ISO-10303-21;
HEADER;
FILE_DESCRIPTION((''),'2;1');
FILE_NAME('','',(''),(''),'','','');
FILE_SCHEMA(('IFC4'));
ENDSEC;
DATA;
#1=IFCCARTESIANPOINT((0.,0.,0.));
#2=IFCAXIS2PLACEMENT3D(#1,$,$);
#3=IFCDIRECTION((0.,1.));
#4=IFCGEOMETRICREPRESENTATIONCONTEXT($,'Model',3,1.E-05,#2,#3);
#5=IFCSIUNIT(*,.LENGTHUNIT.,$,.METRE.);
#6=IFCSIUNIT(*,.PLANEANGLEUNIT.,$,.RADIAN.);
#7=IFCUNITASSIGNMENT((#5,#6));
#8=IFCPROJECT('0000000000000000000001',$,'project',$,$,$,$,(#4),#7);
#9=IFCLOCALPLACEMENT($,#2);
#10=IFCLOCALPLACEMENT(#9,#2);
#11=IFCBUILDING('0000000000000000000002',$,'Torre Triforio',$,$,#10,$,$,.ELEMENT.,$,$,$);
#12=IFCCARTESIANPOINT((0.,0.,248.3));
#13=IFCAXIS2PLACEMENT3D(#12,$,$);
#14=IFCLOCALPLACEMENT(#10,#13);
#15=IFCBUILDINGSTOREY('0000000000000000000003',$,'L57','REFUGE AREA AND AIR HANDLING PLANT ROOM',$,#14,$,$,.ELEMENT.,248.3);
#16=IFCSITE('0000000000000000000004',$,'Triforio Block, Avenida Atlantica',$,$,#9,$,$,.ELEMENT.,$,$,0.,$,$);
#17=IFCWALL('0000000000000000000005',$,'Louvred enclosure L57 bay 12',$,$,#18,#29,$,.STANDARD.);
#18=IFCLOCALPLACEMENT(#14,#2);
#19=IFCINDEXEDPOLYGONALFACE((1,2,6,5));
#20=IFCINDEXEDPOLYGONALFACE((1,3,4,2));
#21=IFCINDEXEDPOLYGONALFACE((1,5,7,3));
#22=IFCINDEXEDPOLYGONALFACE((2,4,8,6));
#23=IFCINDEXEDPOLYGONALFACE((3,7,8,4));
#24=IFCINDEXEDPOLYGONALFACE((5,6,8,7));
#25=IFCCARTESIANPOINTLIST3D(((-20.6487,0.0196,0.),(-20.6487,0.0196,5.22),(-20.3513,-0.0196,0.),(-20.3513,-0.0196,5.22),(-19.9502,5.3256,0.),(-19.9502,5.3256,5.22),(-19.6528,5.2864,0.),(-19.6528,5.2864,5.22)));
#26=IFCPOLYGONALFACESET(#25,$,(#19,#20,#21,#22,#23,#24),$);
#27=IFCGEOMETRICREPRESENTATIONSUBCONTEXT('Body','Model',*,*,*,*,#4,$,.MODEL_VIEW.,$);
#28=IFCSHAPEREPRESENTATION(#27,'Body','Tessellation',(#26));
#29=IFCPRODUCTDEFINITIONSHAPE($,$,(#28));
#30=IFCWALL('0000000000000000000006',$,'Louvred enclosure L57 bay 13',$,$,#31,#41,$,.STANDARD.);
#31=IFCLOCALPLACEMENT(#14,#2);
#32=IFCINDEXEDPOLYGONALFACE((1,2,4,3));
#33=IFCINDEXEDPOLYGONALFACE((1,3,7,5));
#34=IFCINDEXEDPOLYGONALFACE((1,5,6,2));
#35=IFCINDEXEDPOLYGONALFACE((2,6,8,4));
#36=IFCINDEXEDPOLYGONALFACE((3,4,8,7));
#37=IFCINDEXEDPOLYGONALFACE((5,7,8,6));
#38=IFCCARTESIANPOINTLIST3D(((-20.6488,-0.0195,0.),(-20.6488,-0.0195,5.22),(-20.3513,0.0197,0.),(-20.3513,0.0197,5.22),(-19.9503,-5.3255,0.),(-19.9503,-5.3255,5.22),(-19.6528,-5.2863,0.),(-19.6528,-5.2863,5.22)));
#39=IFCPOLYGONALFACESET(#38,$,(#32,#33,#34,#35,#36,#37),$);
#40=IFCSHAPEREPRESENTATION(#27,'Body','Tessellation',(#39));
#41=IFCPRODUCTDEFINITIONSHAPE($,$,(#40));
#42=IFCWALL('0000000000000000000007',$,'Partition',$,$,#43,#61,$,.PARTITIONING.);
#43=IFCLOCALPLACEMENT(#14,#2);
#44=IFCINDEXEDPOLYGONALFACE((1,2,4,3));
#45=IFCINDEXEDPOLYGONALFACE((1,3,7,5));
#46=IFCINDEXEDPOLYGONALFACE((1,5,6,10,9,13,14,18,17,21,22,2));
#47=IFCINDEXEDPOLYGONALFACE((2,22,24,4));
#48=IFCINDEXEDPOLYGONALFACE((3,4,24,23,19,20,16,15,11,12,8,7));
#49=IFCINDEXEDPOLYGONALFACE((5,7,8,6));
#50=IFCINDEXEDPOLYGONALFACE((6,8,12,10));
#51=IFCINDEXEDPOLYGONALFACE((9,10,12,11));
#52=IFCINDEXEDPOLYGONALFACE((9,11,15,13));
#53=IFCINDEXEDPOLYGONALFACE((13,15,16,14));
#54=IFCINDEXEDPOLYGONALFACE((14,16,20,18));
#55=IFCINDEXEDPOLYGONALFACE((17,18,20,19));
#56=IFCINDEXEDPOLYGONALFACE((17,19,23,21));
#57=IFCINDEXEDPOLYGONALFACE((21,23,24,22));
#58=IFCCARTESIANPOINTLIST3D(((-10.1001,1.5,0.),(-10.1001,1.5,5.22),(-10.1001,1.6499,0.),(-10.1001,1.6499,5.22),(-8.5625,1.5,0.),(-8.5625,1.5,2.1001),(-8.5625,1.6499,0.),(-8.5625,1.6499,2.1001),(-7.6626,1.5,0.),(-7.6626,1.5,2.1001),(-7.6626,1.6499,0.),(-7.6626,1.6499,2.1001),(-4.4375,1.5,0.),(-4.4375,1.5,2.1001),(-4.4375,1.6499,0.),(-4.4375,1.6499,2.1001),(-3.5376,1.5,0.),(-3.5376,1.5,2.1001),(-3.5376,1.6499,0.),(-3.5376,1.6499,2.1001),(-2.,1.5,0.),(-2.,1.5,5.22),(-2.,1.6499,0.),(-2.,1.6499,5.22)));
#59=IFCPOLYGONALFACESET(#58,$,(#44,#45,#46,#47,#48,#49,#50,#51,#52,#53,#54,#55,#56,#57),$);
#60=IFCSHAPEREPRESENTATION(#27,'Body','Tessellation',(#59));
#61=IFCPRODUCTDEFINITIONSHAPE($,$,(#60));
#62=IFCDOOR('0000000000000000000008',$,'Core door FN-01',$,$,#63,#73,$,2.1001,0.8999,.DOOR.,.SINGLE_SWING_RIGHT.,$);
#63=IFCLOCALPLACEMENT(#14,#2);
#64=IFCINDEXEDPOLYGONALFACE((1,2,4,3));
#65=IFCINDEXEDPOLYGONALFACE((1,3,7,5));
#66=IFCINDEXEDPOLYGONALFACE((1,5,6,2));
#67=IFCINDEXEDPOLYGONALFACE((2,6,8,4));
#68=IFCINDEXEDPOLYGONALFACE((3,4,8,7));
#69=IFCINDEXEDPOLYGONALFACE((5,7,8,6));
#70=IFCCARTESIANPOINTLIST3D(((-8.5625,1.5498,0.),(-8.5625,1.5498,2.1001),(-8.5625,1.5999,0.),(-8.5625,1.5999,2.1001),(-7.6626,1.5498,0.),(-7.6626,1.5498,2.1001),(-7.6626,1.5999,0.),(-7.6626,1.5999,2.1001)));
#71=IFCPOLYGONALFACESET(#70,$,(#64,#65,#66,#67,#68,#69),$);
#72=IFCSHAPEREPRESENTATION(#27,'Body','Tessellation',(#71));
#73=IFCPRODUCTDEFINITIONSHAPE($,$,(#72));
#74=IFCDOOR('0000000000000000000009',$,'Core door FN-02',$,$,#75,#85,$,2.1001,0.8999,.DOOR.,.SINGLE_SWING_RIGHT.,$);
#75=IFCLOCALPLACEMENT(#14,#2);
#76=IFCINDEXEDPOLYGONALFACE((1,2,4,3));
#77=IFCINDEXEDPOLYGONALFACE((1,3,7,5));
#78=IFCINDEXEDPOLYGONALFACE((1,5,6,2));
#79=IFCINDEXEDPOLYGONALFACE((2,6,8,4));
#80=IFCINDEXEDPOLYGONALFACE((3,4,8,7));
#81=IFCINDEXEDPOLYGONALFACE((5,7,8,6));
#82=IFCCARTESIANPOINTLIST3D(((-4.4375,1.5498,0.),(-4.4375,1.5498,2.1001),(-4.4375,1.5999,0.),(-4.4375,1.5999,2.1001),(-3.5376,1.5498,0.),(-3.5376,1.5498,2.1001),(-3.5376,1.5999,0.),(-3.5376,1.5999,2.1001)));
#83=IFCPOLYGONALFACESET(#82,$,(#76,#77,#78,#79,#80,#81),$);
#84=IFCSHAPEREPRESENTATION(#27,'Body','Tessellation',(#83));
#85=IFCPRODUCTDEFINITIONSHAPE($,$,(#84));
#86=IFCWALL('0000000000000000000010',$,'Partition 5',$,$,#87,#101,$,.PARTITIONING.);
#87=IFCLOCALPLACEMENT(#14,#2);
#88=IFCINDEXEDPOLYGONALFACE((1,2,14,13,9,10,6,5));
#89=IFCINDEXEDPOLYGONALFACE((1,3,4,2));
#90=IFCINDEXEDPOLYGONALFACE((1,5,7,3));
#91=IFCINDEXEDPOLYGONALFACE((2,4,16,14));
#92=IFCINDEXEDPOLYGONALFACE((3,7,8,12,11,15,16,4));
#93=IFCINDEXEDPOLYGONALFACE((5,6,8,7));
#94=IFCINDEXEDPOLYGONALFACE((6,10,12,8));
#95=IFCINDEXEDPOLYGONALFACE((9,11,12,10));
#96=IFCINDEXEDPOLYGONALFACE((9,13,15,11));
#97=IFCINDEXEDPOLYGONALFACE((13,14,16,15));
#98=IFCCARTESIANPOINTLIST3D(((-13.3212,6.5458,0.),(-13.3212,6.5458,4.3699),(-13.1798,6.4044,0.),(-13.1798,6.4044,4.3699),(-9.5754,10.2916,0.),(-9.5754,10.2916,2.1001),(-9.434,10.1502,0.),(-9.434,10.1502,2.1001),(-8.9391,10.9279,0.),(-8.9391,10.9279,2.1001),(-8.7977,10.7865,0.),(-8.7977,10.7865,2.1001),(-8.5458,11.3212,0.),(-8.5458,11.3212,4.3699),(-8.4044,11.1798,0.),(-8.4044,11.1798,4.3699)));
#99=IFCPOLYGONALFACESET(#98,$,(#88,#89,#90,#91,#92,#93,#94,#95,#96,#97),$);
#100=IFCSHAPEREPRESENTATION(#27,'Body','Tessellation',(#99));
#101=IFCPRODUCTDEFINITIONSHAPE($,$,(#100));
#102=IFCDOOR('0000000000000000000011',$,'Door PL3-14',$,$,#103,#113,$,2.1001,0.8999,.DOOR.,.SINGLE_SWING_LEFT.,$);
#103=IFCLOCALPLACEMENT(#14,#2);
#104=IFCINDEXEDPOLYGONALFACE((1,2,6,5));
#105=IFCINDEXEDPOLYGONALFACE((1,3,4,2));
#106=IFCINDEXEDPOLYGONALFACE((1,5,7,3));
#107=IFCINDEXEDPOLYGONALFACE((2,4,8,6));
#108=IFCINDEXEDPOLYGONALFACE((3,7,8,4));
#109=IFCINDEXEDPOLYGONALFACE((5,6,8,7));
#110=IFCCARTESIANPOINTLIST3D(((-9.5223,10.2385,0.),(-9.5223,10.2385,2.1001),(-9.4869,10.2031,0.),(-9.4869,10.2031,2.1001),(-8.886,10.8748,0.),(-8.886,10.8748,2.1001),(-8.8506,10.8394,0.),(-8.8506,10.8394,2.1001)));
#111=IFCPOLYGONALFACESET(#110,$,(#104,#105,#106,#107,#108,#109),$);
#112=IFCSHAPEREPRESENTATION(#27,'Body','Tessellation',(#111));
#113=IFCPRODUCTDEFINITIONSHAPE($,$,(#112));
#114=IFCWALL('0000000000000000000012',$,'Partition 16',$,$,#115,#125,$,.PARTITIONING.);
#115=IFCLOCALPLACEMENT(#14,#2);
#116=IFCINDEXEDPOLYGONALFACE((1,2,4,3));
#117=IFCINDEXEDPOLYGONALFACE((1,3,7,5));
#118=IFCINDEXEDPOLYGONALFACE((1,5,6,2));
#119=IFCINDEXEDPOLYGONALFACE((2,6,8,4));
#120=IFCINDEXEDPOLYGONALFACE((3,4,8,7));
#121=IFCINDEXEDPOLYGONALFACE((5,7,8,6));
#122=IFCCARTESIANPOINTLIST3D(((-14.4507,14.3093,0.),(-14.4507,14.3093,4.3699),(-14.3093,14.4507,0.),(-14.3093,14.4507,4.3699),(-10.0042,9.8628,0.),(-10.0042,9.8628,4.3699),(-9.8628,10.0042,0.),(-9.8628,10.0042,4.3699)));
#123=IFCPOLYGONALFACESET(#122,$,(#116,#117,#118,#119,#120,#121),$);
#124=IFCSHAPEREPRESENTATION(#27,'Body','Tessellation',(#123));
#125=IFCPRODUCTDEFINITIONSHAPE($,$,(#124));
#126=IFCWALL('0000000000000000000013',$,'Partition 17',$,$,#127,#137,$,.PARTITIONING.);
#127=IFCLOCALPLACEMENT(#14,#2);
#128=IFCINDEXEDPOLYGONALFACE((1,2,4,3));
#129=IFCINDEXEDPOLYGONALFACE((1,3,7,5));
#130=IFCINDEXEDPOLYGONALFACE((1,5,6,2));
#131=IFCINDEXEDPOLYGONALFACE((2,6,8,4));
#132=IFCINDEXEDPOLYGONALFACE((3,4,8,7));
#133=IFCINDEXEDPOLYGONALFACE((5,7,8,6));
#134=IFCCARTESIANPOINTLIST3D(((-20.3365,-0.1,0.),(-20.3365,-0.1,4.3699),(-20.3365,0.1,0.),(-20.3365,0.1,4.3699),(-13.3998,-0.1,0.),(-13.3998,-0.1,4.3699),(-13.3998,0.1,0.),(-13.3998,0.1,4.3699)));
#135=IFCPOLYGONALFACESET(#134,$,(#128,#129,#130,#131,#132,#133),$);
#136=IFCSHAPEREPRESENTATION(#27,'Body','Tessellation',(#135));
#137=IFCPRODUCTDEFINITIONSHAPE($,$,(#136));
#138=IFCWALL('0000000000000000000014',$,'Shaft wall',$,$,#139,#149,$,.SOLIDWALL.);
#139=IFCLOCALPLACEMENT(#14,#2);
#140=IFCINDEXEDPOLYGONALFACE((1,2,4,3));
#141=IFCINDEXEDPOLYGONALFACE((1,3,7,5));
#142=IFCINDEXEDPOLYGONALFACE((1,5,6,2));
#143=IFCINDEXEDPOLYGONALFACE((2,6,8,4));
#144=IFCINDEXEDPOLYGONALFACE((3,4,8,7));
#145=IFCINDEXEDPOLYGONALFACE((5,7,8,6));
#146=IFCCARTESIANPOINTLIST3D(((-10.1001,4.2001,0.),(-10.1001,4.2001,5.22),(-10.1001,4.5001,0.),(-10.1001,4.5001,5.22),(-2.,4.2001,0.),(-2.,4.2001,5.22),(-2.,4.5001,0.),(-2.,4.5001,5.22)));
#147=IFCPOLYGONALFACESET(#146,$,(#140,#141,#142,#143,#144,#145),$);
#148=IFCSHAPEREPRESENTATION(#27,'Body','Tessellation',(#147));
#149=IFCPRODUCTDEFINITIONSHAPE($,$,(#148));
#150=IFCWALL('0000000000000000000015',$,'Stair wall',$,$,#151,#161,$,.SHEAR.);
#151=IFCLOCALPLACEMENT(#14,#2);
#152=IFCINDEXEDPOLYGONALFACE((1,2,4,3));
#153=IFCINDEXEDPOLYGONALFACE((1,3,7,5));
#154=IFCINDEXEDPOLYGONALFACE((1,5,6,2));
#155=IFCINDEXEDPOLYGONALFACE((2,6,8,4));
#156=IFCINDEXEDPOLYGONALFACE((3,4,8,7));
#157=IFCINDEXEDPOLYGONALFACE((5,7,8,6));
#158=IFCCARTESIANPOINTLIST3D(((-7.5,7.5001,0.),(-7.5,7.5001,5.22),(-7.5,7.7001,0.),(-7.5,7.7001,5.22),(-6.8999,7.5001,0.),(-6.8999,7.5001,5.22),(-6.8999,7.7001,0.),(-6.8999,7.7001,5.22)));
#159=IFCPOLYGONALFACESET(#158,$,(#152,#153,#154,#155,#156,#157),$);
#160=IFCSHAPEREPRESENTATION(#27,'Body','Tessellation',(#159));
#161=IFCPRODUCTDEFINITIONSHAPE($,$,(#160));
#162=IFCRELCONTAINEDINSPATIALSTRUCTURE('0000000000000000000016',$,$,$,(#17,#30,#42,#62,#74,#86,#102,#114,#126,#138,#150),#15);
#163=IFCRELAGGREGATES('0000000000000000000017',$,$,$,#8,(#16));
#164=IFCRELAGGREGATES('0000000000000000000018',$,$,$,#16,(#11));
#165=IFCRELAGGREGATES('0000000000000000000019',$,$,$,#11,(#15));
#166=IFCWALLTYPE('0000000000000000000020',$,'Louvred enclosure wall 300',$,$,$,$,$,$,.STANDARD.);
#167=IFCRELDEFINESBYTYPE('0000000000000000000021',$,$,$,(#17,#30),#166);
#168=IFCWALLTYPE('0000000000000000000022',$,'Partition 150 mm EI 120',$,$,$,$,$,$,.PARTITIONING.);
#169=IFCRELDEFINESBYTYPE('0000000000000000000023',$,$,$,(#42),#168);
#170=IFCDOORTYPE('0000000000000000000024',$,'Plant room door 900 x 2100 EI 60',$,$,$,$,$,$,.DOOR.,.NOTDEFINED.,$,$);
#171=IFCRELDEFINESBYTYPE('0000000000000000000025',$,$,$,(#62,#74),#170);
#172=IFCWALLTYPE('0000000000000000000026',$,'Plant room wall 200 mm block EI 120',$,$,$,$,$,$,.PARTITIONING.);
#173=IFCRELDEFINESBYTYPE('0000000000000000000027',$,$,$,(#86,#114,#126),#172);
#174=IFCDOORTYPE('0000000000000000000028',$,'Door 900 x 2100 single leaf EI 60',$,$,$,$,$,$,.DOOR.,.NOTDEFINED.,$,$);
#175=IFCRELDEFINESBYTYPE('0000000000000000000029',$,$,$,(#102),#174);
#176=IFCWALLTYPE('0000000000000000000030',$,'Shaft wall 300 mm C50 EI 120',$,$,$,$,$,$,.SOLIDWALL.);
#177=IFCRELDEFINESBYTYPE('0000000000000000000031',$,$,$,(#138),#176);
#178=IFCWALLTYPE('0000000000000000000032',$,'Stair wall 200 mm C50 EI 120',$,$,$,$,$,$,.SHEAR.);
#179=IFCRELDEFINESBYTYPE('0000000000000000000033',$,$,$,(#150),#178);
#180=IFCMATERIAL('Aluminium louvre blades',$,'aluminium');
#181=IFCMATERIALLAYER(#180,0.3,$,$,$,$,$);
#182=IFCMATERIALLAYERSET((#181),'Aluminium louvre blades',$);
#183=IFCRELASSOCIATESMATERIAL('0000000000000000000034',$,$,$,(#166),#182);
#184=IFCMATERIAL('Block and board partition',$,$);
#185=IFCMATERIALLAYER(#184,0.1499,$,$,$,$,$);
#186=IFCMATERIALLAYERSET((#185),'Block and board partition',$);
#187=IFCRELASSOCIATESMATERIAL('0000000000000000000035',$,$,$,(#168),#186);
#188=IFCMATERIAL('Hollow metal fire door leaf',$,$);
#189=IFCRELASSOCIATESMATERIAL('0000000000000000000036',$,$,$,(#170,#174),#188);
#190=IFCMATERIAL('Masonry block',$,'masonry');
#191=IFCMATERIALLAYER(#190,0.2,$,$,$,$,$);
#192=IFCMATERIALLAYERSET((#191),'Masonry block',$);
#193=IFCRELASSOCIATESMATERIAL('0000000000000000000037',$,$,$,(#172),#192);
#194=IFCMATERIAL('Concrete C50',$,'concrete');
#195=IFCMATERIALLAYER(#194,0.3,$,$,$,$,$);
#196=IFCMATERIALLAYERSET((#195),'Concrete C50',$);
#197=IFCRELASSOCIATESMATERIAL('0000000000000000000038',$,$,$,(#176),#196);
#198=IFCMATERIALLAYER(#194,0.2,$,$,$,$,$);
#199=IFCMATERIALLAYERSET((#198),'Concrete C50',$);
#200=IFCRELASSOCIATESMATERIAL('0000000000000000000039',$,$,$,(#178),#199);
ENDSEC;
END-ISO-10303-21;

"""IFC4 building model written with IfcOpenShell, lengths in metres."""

from ifc_helpers import new_model, si_unit, direction, frame, frame_2d, origin, place, context, subcontext, project, spatial, rectangle, extrude, material, layer, layer_set, type_object, element, fill, save


model = new_model("IFC4")

# Units and contexts
model_context = context("Model", 3, precision=1e-05, world=origin(), true_north=direction((0.0, 1.0)))
body_context = subcontext(model_context, "Body", "Model", "MODEL_VIEW")
ifc_project = project(units=[si_unit("LENGTHUNIT", "METRE"), si_unit("PLANEANGLEUNIT", "RADIAN")], contexts=[model_context])

# Site, building, storey
site_placement = place(None, origin())
site = spatial("IfcSite", under=ifc_project, at=site_placement, Name="Triforio Block, Avenida Atlantica", CompositionType="ELEMENT", RefElevation=0.0)
building_placement = place(site_placement, origin())
building = spatial("IfcBuilding", under=site, at=building_placement, Name="Torre Triforio", CompositionType="ELEMENT")
storey_placement = place(building_placement, frame((0.0, 0.0, 248.3)))
storey = spatial("IfcBuildingStorey", under=building, at=storey_placement, Name="L57", Description="REFUGE AREA AND AIR HANDLING PLANT ROOM", CompositionType="ELEMENT", Elevation=248.3)

# Shared definitions
ifc_material_1 = material(Name="Concrete C50", Category="concrete")

# Shared definitions
ifc_material_2 = material(Name="Hollow metal fire door leaf")

# Walls
ifc_material_3 = material(Name="Aluminium louvre blades", Category="aluminium")
ifc_layer_1 = layer(ifc_material_3, 0.3)
ifc_layer_set_1 = layer_set([ifc_layer_1], Name="Aluminium louvre blades")
wall_type_1 = type_object("IfcWallType", Name="Louvred enclosure wall 300", PredefinedType="STANDARD", material=ifc_layer_set_1)
for number, where, z_axis, x_axis, name in (
    (1, (-19.8015, 5.3059, 0.0), (0.0, 0.0, 1.0), (-0.130517, -0.991446, 0.0), "Louvred enclosure L57 bay 12"),
    (2, (-20.5, 0.0, 0.0), (0.0, 0.0, 1.0), (0.130517, -0.991446, 0.0), "Louvred enclosure L57 bay 13"),
):
    element("IfcWall", number, at=place(storey_placement, frame(where, z_axis=z_axis, x_axis=x_axis)), inside=storey, type_object=wall_type_1, Name=name, PredefinedType="STANDARD", context=body_context, shape_type="SweptSolid", body=[
        extrude(rectangle(XDim=5.3518, YDim=0.3, at=frame_2d((2.6758, 0.0))), origin(), (0.0, 0.0, 1.0), 5.22),
    ])

# Wall, openings, doors
ifc_material_4 = material(Name="Block and board partition")
ifc_layer_2 = layer(ifc_material_4, 0.1499)
ifc_layer_set_2 = layer_set([ifc_layer_2], Name="Block and board partition")
wall_type_2 = type_object("IfcWallType", Name="Partition 150 mm EI 120", PredefinedType="PARTITIONING", material=ifc_layer_set_2)
wall_1_placement = place(storey_placement, frame((-10.1001, 1.575, 0.0), z_axis=(0.0, 0.0, 1.0), x_axis=(1.0, 0.0, 0.0)))
wall_1 = element("IfcWall", 3, at=wall_1_placement, inside=storey, type_object=wall_type_2, Name="Partition", PredefinedType="PARTITIONING", context=body_context, shape_type="SweptSolid", body=[
    extrude(rectangle(XDim=8.1001, YDim=0.1499, at=frame_2d((4.05, 0.0))), origin(), (0.0, 0.0, 1.0), 5.22),
])
opening_1_placement = place(wall_1_placement, frame((1.5376, 0.0, 0.0)))
opening_1 = element("IfcOpeningElement", 4, at=opening_1_placement, cuts=wall_1, PredefinedType="OPENING", context=body_context, shape_type="SweptSolid", body=[
    extrude(rectangle(XDim=0.8999, YDim=2.1001, at=frame_2d((0.45, 1.05))), frame((0.0, 0.085, 0.0), z_axis=(0.0, -1.0, 0.0), x_axis=(1.0, 0.0, 0.0)), (0.0, 0.0, 1.0), 0.1699),
])
opening_2_placement = place(wall_1_placement, frame((5.6626, 0.0, 0.0)))
opening_2 = element("IfcOpeningElement", 5, at=opening_2_placement, cuts=wall_1, PredefinedType="OPENING", context=body_context, shape_type="SweptSolid", body=[
    extrude(rectangle(XDim=0.8999, YDim=2.1001, at=frame_2d((0.45, 1.05))), frame((0.0, 0.085, 0.0), z_axis=(0.0, -1.0, 0.0), x_axis=(1.0, 0.0, 0.0)), (0.0, 0.0, 1.0), 0.1699),
])
door_type_1 = type_object("IfcDoorType", Name="Plant room door 900 x 2100 EI 60", OperationType="NOTDEFINED", PredefinedType="DOOR", material=ifc_material_2)
door_1_placement = place(opening_1_placement, origin())
door_1 = element("IfcDoor", 6, at=door_1_placement, inside=storey, type_object=door_type_1, Name="Core door FN-01", OperationType="SINGLE_SWING_RIGHT", OverallHeight=2.1001, OverallWidth=0.8999, PredefinedType="DOOR", context=body_context, shape_type="SweptSolid", body=[
    extrude(rectangle(XDim=0.8999, YDim=2.1001, at=frame_2d((0.45, 1.05))), frame((0.0, 0.0249, 0.0), z_axis=(0.0, -1.0, 0.0), x_axis=(1.0, 0.0, 0.0)), (0.0, 0.0, 1.0), 0.05),
])
fill(opening_1, door_1)
door_2_placement = place(opening_2_placement, origin())
door_2 = element("IfcDoor", 7, at=door_2_placement, inside=storey, type_object=door_type_1, Name="Core door FN-02", OperationType="SINGLE_SWING_RIGHT", OverallHeight=2.1001, OverallWidth=0.8999, PredefinedType="DOOR", context=body_context, shape_type="SweptSolid", body=[
    extrude(rectangle(XDim=0.8999, YDim=2.1001, at=frame_2d((0.45, 1.05))), frame((0.0, 0.0249, 0.0), z_axis=(0.0, -1.0, 0.0), x_axis=(1.0, 0.0, 0.0)), (0.0, 0.0, 1.0), 0.05),
])
fill(opening_2, door_2)

# Wall, opening, door
ifc_material_5 = material(Name="Masonry block", Category="masonry")
ifc_layer_3 = layer(ifc_material_5, 0.2)
ifc_layer_set_3 = layer_set([ifc_layer_3], Name="Masonry block")
wall_type_3 = type_object("IfcWallType", Name="Plant room wall 200 mm block EI 120", PredefinedType="PARTITIONING", material=ifc_layer_set_3)
wall_2_placement = place(storey_placement, frame((-13.2505, 6.4751, 0.0), z_axis=(0.0, 0.0, 1.0), x_axis=(0.707107, 0.707107, 0.0)))
wall_2 = element("IfcWall", 8, at=wall_2_placement, inside=storey, type_object=wall_type_3, Name="Partition 5", PredefinedType="PARTITIONING", context=body_context, shape_type="SweptSolid", body=[
    extrude(rectangle(XDim=6.7534, YDim=0.2, at=frame_2d((3.3767, 0.0))), origin(), (0.0, 0.0, 1.0), 4.3699),
])
opening_3_placement = place(wall_2_placement, frame((5.2974, 0.0, 0.0)))
opening_3 = element("IfcOpeningElement", 9, at=opening_3_placement, cuts=wall_2, PredefinedType="OPENING", context=body_context, shape_type="SweptSolid", body=[
    extrude(rectangle(XDim=0.8999, YDim=2.1001, at=frame_2d((0.45, 1.05))), frame((0.0, 0.1099, 0.0), z_axis=(0.0, -1.0, 0.0), x_axis=(1.0, 0.0, 0.0)), (0.0, 0.0, 1.0), 0.22),
])
door_type_2 = type_object("IfcDoorType", Name="Door 900 x 2100 single leaf EI 60", OperationType="NOTDEFINED", PredefinedType="DOOR", material=ifc_material_2)
door_3_placement = place(opening_3_placement, origin())
door_3 = element("IfcDoor", 10, at=door_3_placement, inside=storey, type_object=door_type_2, Name="Door PL3-14", OperationType="SINGLE_SWING_LEFT", OverallHeight=2.1001, OverallWidth=0.8999, PredefinedType="DOOR", context=body_context, shape_type="SweptSolid", body=[
    extrude(rectangle(XDim=0.8999, YDim=2.1001, at=frame_2d((0.45, 1.05))), frame((0.0, 0.0249, 0.0), z_axis=(0.0, -1.0, 0.0), x_axis=(1.0, 0.0, 0.0)), (0.0, 0.0, 1.0), 0.05),
])
fill(opening_3, door_3)

# Walls
wall_3_placement = place(storey_placement, frame((-9.9336, 9.9336, 0.0), z_axis=(0.0, 0.0, 1.0), x_axis=(-0.707107, 0.707107, 0.0)))
element("IfcWall", 11, at=wall_3_placement, inside=storey, type_object=wall_type_3, Name="Partition 16", PredefinedType="PARTITIONING", context=body_context, shape_type="SweptSolid", body=[
    extrude(rectangle(XDim=6.2883, YDim=0.2, at=frame_2d((3.144, 0.0))), origin(), (0.0, 0.0, 1.0), 4.3699),
])
wall_4_placement = place(storey_placement, frame((-13.3999, 0.0, 0.0), z_axis=(0.0, 0.0, 1.0), x_axis=(-1.0, 0.0, 0.0)))
element("IfcWall", 12, at=wall_4_placement, inside=storey, type_object=wall_type_3, Name="Partition 17", PredefinedType="PARTITIONING", context=body_context, shape_type="SweptSolid", body=[
    extrude(rectangle(XDim=6.9368, YDim=0.2, at=frame_2d((3.4683, 0.0))), origin(), (0.0, 0.0, 1.0), 4.3699),
])
ifc_layer_4 = layer(ifc_material_1, 0.3)
ifc_layer_set_4 = layer_set([ifc_layer_4], Name="Concrete C50")
wall_type_4 = type_object("IfcWallType", Name="Shaft wall 300 mm C50 EI 120", PredefinedType="SOLIDWALL", material=ifc_layer_set_4)
wall_5_placement = place(storey_placement, frame((-10.1001, 4.3501, 0.0), z_axis=(0.0, 0.0, 1.0), x_axis=(1.0, 0.0, 0.0)))
element("IfcWall", 13, at=wall_5_placement, inside=storey, type_object=wall_type_4, Name="Shaft wall", PredefinedType="SOLIDWALL", context=body_context, shape_type="SweptSolid", body=[
    extrude(rectangle(XDim=8.1001, YDim=0.3, at=frame_2d((4.05, 0.0))), origin(), (0.0, 0.0, 1.0), 5.22),
])
ifc_layer_5 = layer(ifc_material_1, 0.2)
ifc_layer_set_5 = layer_set([ifc_layer_5], Name="Concrete C50")
wall_type_5 = type_object("IfcWallType", Name="Stair wall 200 mm C50 EI 120", PredefinedType="SHEAR", material=ifc_layer_set_5)
wall_6_placement = place(storey_placement, frame((-7.5, 7.6001, 0.0), z_axis=(0.0, 0.0, 1.0), x_axis=(1.0, 0.0, 0.0)))
element("IfcWall", 14, at=wall_6_placement, inside=storey, type_object=wall_type_5, Name="Stair wall", PredefinedType="SHEAR", context=body_context, shape_type="SweptSolid", body=[
    extrude(rectangle(XDim=0.6001, YDim=0.2, at=frame_2d((0.3, 0.0))), origin(), (0.0, 0.0, 1.0), 5.22),
])

save(model, "model.ifc")
